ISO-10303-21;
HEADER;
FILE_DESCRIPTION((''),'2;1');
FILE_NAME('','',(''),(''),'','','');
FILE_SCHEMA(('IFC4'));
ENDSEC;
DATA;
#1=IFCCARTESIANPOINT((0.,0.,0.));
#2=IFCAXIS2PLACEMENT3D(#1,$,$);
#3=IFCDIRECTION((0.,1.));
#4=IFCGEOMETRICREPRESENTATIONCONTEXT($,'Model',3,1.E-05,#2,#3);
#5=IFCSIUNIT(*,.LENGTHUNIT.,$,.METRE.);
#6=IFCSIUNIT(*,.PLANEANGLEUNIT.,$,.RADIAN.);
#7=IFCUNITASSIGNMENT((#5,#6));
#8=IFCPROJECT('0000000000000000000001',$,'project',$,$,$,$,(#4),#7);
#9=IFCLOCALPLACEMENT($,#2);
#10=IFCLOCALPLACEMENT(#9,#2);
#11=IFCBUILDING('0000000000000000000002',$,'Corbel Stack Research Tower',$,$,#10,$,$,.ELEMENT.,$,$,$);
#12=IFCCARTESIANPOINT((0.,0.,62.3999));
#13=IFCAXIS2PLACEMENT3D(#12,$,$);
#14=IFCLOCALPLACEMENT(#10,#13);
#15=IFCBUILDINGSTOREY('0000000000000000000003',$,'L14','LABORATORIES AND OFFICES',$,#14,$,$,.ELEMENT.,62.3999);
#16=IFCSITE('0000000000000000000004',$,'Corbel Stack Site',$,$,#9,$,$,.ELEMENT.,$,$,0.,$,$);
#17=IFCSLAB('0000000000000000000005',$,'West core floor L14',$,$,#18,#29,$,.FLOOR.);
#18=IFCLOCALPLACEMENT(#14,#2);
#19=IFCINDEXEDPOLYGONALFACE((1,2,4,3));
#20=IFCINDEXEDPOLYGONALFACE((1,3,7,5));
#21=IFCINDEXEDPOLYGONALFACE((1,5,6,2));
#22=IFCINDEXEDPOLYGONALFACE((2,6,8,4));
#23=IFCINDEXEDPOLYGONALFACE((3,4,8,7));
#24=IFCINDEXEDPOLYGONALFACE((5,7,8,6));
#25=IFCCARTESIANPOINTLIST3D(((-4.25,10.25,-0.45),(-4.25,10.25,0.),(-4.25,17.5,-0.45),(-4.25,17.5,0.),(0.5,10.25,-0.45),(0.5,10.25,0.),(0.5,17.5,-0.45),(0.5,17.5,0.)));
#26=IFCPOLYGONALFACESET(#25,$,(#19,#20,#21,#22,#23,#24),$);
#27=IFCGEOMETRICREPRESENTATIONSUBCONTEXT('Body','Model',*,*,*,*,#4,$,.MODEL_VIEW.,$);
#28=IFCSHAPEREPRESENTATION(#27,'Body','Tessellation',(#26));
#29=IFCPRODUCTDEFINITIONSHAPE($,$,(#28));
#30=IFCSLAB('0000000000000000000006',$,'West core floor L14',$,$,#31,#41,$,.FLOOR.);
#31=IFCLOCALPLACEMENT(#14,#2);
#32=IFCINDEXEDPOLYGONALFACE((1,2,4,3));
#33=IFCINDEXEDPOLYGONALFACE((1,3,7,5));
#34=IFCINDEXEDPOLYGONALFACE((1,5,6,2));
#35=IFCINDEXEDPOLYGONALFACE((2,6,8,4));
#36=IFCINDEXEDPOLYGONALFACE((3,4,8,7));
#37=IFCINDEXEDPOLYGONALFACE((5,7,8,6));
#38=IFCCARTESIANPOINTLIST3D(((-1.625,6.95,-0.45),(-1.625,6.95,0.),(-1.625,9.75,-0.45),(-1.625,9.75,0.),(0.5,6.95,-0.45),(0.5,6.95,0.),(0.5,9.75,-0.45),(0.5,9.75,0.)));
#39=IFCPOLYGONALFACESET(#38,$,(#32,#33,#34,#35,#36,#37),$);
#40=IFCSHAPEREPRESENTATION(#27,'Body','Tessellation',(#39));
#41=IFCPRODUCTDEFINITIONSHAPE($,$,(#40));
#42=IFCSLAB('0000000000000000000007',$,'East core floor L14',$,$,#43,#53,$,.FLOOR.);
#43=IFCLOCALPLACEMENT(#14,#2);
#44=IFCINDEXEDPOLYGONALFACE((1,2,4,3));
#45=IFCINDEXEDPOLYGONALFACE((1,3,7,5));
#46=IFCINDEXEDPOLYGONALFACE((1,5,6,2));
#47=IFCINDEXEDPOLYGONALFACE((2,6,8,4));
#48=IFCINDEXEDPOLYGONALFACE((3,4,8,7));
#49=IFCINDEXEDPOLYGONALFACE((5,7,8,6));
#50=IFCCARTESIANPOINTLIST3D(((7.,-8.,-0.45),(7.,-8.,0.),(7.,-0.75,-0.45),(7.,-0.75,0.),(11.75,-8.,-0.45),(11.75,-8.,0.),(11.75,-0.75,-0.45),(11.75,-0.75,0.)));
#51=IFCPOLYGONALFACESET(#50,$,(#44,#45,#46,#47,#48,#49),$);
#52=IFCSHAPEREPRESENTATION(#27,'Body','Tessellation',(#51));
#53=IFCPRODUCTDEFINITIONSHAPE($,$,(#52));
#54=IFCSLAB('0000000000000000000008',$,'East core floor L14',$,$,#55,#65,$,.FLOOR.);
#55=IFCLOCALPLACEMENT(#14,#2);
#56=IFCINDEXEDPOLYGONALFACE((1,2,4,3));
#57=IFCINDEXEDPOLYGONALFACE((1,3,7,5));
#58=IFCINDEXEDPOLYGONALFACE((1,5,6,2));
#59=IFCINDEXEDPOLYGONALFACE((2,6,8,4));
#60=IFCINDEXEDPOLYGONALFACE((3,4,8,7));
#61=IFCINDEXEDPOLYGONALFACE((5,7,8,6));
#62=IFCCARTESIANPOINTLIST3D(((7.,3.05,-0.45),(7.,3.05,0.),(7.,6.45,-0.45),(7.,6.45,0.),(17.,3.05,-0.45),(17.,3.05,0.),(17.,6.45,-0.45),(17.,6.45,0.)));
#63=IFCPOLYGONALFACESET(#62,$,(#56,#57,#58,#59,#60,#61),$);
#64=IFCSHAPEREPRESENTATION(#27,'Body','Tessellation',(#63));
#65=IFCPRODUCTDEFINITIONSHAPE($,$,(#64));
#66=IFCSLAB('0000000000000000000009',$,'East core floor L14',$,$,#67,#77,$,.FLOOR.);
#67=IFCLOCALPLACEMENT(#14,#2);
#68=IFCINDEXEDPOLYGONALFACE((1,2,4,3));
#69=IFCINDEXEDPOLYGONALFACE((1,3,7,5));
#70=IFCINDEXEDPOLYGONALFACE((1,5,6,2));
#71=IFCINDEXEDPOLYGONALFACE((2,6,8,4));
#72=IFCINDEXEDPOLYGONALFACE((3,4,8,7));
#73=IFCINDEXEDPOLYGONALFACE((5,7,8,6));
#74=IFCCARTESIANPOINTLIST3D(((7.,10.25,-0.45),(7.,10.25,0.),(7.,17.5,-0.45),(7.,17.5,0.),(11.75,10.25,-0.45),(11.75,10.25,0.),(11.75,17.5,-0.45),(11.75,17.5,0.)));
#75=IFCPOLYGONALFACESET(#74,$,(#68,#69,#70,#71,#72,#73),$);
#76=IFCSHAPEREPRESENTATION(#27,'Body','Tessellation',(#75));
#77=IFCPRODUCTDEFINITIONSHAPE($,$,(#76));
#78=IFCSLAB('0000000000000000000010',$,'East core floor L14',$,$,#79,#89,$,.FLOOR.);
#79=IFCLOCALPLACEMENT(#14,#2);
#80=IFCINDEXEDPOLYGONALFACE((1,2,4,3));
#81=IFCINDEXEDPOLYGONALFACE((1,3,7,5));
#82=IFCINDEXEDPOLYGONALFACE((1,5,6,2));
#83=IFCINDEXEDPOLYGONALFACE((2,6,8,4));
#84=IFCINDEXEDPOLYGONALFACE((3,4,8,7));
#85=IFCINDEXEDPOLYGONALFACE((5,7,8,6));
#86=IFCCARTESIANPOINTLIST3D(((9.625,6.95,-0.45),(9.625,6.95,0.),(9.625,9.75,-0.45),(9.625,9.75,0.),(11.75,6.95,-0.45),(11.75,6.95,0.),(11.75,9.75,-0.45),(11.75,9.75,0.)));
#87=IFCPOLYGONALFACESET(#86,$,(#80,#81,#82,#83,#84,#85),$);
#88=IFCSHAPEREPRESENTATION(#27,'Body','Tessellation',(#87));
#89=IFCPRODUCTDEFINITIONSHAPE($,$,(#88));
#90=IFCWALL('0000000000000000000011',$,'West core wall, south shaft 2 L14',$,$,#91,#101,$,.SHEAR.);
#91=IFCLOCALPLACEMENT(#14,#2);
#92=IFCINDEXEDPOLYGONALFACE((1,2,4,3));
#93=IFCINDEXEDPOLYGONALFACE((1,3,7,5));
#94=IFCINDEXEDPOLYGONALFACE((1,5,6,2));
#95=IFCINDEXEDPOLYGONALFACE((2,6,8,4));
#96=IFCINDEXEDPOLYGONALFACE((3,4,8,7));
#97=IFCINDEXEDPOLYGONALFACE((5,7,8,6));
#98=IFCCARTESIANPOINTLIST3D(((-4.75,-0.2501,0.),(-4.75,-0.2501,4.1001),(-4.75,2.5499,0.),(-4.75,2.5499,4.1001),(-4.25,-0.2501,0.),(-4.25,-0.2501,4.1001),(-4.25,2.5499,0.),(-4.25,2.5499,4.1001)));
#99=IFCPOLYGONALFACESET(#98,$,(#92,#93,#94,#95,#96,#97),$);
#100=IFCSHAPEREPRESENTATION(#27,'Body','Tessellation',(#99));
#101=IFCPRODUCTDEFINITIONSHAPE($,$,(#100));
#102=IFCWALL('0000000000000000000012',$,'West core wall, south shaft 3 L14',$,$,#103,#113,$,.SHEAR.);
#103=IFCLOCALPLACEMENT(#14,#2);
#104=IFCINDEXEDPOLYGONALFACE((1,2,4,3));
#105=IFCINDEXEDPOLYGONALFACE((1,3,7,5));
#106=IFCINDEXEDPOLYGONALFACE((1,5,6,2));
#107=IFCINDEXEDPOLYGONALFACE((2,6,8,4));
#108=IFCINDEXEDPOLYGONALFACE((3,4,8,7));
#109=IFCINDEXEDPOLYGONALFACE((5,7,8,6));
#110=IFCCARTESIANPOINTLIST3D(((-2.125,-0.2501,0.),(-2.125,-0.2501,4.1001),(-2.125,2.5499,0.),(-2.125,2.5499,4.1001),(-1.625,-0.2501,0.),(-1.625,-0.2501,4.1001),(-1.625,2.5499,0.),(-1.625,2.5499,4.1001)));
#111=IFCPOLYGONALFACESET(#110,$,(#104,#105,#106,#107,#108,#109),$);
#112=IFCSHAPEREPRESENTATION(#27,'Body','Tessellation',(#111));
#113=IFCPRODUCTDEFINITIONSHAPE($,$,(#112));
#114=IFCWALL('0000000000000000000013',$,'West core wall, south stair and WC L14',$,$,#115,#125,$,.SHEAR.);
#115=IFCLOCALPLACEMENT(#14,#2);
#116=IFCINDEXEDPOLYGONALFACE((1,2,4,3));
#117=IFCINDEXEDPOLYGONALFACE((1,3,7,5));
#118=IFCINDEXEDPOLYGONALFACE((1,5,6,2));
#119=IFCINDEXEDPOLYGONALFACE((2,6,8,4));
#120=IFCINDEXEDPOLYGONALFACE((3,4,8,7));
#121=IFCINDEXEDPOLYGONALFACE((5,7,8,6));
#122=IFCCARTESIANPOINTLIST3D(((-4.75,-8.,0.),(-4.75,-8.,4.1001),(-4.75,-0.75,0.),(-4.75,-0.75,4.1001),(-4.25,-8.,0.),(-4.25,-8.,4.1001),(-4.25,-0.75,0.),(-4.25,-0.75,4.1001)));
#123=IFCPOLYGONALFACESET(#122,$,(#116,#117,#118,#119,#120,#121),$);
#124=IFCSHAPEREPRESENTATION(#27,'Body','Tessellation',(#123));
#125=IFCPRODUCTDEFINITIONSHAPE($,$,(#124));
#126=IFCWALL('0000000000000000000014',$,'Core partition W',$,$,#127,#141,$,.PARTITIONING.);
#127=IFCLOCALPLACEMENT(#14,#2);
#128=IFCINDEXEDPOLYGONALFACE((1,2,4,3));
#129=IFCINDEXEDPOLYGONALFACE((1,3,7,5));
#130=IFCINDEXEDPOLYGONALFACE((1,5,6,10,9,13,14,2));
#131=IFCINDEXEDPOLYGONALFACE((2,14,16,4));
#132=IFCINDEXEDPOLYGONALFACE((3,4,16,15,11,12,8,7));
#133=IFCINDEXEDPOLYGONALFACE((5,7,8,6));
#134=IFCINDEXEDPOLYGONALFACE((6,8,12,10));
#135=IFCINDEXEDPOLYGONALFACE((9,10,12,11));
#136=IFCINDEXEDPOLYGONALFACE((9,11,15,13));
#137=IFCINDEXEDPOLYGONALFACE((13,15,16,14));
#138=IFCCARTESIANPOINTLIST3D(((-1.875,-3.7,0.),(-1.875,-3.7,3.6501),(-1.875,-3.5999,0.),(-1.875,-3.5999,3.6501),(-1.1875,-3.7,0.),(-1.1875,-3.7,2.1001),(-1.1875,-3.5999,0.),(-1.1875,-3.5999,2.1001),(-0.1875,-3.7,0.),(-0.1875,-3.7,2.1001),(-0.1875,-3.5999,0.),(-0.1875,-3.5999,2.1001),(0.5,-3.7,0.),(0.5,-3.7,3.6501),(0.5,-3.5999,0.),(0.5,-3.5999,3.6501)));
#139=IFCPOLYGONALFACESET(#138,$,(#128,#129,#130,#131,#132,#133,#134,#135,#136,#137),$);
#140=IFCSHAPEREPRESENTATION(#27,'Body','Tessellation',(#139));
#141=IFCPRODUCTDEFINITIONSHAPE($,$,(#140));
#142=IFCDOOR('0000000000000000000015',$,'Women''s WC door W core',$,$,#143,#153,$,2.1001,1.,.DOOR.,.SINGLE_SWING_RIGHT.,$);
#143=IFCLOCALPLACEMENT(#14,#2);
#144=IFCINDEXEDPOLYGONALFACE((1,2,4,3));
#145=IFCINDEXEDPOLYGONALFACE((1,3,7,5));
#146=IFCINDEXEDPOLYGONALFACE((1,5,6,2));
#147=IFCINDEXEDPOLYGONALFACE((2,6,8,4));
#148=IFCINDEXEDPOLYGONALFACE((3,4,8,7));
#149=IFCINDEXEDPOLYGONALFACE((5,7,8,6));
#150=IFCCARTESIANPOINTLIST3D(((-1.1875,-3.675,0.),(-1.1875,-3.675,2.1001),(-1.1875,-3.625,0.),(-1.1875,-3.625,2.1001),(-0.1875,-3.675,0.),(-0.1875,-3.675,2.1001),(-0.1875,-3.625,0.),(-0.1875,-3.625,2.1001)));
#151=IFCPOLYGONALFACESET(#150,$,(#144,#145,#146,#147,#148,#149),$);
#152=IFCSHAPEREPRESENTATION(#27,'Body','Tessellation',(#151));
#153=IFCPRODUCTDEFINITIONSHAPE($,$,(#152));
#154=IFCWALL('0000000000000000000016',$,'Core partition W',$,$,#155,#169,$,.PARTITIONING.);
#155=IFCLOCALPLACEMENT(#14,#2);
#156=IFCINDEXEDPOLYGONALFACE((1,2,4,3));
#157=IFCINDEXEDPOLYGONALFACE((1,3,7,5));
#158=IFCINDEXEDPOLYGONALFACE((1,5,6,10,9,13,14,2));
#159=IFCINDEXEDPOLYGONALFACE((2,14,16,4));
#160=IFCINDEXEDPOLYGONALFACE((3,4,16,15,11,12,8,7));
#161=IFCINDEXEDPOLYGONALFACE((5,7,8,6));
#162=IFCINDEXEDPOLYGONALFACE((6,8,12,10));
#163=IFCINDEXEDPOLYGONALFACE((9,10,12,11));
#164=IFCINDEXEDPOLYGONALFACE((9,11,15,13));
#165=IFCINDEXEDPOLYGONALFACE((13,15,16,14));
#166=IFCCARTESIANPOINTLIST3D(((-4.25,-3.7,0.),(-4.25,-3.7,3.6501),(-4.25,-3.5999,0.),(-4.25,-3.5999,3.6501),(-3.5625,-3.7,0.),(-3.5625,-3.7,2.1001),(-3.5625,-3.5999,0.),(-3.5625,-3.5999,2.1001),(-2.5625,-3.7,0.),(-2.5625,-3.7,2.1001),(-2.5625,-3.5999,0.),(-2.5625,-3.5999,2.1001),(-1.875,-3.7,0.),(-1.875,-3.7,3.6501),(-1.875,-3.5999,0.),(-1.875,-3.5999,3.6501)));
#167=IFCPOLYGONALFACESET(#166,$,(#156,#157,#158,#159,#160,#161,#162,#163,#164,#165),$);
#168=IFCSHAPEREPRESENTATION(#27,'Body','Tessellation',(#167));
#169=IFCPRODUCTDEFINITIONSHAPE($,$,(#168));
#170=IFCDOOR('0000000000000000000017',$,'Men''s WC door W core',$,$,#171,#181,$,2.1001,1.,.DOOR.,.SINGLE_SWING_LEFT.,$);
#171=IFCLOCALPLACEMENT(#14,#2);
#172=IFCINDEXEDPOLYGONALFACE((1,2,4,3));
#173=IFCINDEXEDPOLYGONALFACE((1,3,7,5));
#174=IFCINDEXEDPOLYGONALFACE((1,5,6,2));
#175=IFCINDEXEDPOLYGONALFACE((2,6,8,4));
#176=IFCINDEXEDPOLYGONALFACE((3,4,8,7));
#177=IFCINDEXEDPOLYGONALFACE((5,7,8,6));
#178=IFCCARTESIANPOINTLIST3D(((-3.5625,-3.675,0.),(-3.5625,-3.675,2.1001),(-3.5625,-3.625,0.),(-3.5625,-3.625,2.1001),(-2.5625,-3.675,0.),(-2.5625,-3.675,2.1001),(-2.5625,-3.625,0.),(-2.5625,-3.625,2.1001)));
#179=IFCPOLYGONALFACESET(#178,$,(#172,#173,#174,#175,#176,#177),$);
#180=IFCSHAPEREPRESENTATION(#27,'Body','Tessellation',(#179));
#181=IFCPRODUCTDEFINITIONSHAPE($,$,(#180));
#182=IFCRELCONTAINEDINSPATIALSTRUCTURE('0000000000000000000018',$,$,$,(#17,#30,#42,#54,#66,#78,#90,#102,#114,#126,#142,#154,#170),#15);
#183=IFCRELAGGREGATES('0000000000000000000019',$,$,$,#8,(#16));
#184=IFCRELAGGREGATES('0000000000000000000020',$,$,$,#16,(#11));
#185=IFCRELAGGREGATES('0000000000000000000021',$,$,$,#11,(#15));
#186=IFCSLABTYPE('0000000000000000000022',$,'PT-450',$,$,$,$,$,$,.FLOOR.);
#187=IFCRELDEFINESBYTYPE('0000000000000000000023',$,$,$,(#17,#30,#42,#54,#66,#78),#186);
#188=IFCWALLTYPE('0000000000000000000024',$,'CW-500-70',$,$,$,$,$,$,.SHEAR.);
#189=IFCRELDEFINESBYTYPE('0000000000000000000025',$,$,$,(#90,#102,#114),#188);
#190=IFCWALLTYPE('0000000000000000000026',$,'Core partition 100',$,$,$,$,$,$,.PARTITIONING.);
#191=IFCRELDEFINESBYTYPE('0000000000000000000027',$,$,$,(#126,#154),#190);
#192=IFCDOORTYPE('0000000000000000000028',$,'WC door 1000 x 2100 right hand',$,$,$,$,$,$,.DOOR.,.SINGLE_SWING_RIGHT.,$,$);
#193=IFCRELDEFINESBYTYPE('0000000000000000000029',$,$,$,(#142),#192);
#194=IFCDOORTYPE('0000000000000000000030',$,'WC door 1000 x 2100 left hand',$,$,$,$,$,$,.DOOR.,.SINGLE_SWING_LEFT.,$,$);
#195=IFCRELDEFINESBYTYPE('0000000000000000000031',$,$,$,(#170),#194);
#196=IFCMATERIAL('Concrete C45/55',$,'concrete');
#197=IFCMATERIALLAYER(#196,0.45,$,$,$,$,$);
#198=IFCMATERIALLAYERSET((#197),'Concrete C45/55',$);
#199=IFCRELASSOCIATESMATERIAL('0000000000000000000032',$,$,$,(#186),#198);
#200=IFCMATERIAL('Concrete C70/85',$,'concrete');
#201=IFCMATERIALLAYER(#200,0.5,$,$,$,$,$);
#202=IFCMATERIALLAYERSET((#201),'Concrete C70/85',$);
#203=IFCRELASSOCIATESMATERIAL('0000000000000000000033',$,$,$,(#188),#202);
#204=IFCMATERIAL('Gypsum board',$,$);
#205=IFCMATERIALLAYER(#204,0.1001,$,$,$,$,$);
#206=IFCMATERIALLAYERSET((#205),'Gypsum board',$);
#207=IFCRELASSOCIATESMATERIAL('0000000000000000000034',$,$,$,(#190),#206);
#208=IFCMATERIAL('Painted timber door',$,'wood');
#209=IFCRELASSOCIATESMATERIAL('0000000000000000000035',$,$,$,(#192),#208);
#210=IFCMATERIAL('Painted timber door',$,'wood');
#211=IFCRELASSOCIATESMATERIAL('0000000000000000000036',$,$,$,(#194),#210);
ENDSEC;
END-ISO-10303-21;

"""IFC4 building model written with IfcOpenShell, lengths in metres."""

from ifc_helpers import new_model, si_unit, direction, frame, frame_2d, origin, place, context, subcontext, project, spatial, polyline, rectangle, outline, extrude, material, layer, layer_set, type_object, element, fill, save


model = new_model("IFC4")

# Units and contexts
model_context = context("Model", 3, precision=1e-05, world=origin(), true_north=direction((0.0, 1.0)))
body_context = subcontext(model_context, "Body", "Model", "MODEL_VIEW")
ifc_project = project(units=[si_unit("LENGTHUNIT", "METRE"), si_unit("PLANEANGLEUNIT", "RADIAN")], contexts=[model_context])

# Site, building, storey
site_placement = place(None, origin())
site = spatial("IfcSite", under=ifc_project, at=site_placement, Name="Corbel Stack Site", CompositionType="ELEMENT", RefElevation=0.0)
building_placement = place(site_placement, origin())
building = spatial("IfcBuilding", under=site, at=building_placement, Name="Corbel Stack Research Tower", CompositionType="ELEMENT")
storey_placement = place(building_placement, frame((0.0, 0.0, 62.3999)))
storey = spatial("IfcBuildingStorey", under=building, at=storey_placement, Name="L14", Description="LABORATORIES AND OFFICES", CompositionType="ELEMENT", Elevation=62.3999)

# Slabs
ifc_material_1 = material(Name="Concrete C45/55", Category="concrete")
ifc_layer_1 = layer(ifc_material_1, 0.45)
ifc_layer_set_1 = layer_set([ifc_layer_1], Name="Concrete C45/55")
slab_type = type_object("IfcSlabType", Name="PT-450", PredefinedType="FLOOR", material=ifc_layer_set_1)
slab_1_placement = place(storey_placement, frame((0.0, 0.0, -0.45)))
element("IfcSlab", 1, at=slab_1_placement, inside=storey, type_object=slab_type, Name="West core floor L14", PredefinedType="FLOOR", context=body_context, shape_type="SweptSolid", body=[
    extrude(outline(polyline([(-4.25, 17.5), (-4.25, 10.25), (0.5, 10.25), (0.5, 17.5), (-4.25, 17.5)])), origin(), (0.0, 0.0, 1.0), 0.45),
])
slab_2_placement = place(storey_placement, frame((0.0, 0.0, -0.45)))
element("IfcSlab", 2, at=slab_2_placement, inside=storey, type_object=slab_type, Name="West core floor L14", PredefinedType="FLOOR", context=body_context, shape_type="SweptSolid", body=[
    extrude(outline(polyline([(0.5, 6.95), (0.5, 9.75), (-1.625, 9.75), (-1.625, 6.95), (0.5, 6.95)])), origin(), (0.0, 0.0, 1.0), 0.45),
])
slab_3_placement = place(storey_placement, frame((0.0, 0.0, -0.45)))
element("IfcSlab", 3, at=slab_3_placement, inside=storey, type_object=slab_type, Name="East core floor L14", PredefinedType="FLOOR", context=body_context, shape_type="SweptSolid", body=[
    extrude(outline(polyline([(7.0, -0.75), (7.0, -8.0), (11.75, -8.0), (11.75, -0.75), (7.0, -0.75)])), origin(), (0.0, 0.0, 1.0), 0.45),
])
slab_4_placement = place(storey_placement, frame((0.0, 0.0, -0.45)))
element("IfcSlab", 4, at=slab_4_placement, inside=storey, type_object=slab_type, Name="East core floor L14", PredefinedType="FLOOR", context=body_context, shape_type="SweptSolid", body=[
    extrude(outline(polyline([(7.0, 6.45), (7.0, 3.05), (17.0, 3.05), (17.0, 6.45), (7.0, 6.45)])), origin(), (0.0, 0.0, 1.0), 0.45),
])
slab_5_placement = place(storey_placement, frame((0.0, 0.0, -0.45)))
element("IfcSlab", 5, at=slab_5_placement, inside=storey, type_object=slab_type, Name="East core floor L14", PredefinedType="FLOOR", context=body_context, shape_type="SweptSolid", body=[
    extrude(outline(polyline([(7.0, 17.5), (7.0, 10.25), (11.75, 10.25), (11.75, 17.5), (7.0, 17.5)])), origin(), (0.0, 0.0, 1.0), 0.45),
])
slab_6_placement = place(storey_placement, frame((0.0, 0.0, -0.45)))
element("IfcSlab", 6, at=slab_6_placement, inside=storey, type_object=slab_type, Name="East core floor L14", PredefinedType="FLOOR", context=body_context, shape_type="SweptSolid", body=[
    extrude(outline(polyline([(9.625, 6.95), (11.75, 6.95), (11.75, 9.75), (9.625, 9.75), (9.625, 6.95)])), origin(), (0.0, 0.0, 1.0), 0.45),
])

# Walls
ifc_material_2 = material(Name="Concrete C70/85", Category="concrete")
ifc_layer_2 = layer(ifc_material_2, 0.5)
ifc_layer_set_2 = layer_set([ifc_layer_2], Name="Concrete C70/85")
wall_type_1 = type_object("IfcWallType", Name="CW-500-70", PredefinedType="SHEAR", material=ifc_layer_set_2)
for number, where, z_axis, x_axis, name in (
    (7, (-4.5, -0.25, 0.0), (0.0, 0.0, 1.0), (0.0, 1.0, 0.0), "West core wall, south shaft 2 L14"),
    (8, (-1.875, -0.25, 0.0), (0.0, 0.0, 1.0), (0.0, 1.0, 0.0), "West core wall, south shaft 3 L14"),
):
    element("IfcWall", number, at=place(storey_placement, frame(where, z_axis=z_axis, x_axis=x_axis)), inside=storey, type_object=wall_type_1, Name=name, PredefinedType="SHEAR", context=body_context, shape_type="SweptSolid", body=[
        extrude(rectangle(XDim=2.8, YDim=0.5, at=frame_2d((1.3999, 0.0))), origin(), (0.0, 0.0, 1.0), 4.1001),
    ])
wall_1_placement = place(storey_placement, frame((-4.5, -8.0, 0.0), z_axis=(0.0, 0.0, 1.0), x_axis=(0.0, 1.0, 0.0)))
element("IfcWall", 9, at=wall_1_placement, inside=storey, type_object=wall_type_1, Name="West core wall, south stair and WC L14", PredefinedType="SHEAR", context=body_context, shape_type="SweptSolid", body=[
    extrude(rectangle(XDim=7.25, YDim=0.5, at=frame_2d((3.625, 0.0))), origin(), (0.0, 0.0, 1.0), 4.1001),
])

# Walls, openings, doors
ifc_material_3 = material(Name="Gypsum board")
ifc_layer_3 = layer(ifc_material_3, 0.1001)
ifc_layer_set_3 = layer_set([ifc_layer_3], Name="Gypsum board")
wall_type_2 = type_object("IfcWallType", Name="Core partition 100", PredefinedType="PARTITIONING", material=ifc_layer_set_3)
wall_2_placement = place(storey_placement, frame((-1.875, -3.6499, 0.0), z_axis=(0.0, 0.0, 1.0), x_axis=(1.0, 0.0, 0.0)))
wall_2 = element("IfcWall", 10, at=wall_2_placement, inside=storey, type_object=wall_type_2, Name="Core partition W", PredefinedType="PARTITIONING", context=body_context, shape_type="SweptSolid", body=[
    extrude(rectangle(XDim=2.375, YDim=0.1001, at=frame_2d((1.1875, 0.0))), origin(), (0.0, 0.0, 1.0), 3.6501),
])
opening_1_placement = place(wall_2_placement, frame((0.6875, 0.0, 0.0)))
opening_1 = element("IfcOpeningElement", 11, at=opening_1_placement, cuts=wall_2, PredefinedType="OPENING", context=body_context, shape_type="SweptSolid", body=[
    extrude(rectangle(XDim=1.0, YDim=2.1001, at=frame_2d((0.5, 1.05))), frame((0.0, 0.0601, 0.0), z_axis=(0.0, -1.0, 0.0), x_axis=(1.0, 0.0, 0.0)), (0.0, 0.0, 1.0), 0.1201),
])
ifc_material_4 = material(Name="Painted timber door", Category="wood")
door_type_1 = type_object("IfcDoorType", Name="WC door 1000 x 2100 right hand", OperationType="SINGLE_SWING_RIGHT", PredefinedType="DOOR", material=ifc_material_4)
door_1_placement = place(opening_1_placement, origin())
door_1 = element("IfcDoor", 12, at=door_1_placement, inside=storey, type_object=door_type_1, Name="Women's WC door W core", OperationType="SINGLE_SWING_RIGHT", OverallHeight=2.1001, OverallWidth=1.0, PredefinedType="DOOR", context=body_context, shape_type="SweptSolid", body=[
    extrude(rectangle(XDim=1.0, YDim=2.1001, at=frame_2d((0.5, 1.05))), frame((0.0, 0.0249, 0.0), z_axis=(0.0, -1.0, 0.0), x_axis=(1.0, 0.0, 0.0)), (0.0, 0.0, 1.0), 0.05),
])
fill(opening_1, door_1)
wall_3_placement = place(storey_placement, frame((-4.25, -3.6499, 0.0), z_axis=(0.0, 0.0, 1.0), x_axis=(1.0, 0.0, 0.0)))
wall_3 = element("IfcWall", 13, at=wall_3_placement, inside=storey, type_object=wall_type_2, Name="Core partition W", PredefinedType="PARTITIONING", context=body_context, shape_type="SweptSolid", body=[
    extrude(rectangle(XDim=2.375, YDim=0.1001, at=frame_2d((1.1875, 0.0))), origin(), (0.0, 0.0, 1.0), 3.6501),
])
opening_2_placement = place(wall_3_placement, frame((0.6875, 0.0, 0.0)))
opening_2 = element("IfcOpeningElement", 14, at=opening_2_placement, cuts=wall_3, PredefinedType="OPENING", context=body_context, shape_type="SweptSolid", body=[
    extrude(rectangle(XDim=1.0, YDim=2.1001, at=frame_2d((0.5, 1.05))), frame((0.0, 0.0601, 0.0), z_axis=(0.0, -1.0, 0.0), x_axis=(1.0, 0.0, 0.0)), (0.0, 0.0, 1.0), 0.1201),
])
ifc_material_5 = material(Name="Painted timber door", Category="wood")
door_type_2 = type_object("IfcDoorType", Name="WC door 1000 x 2100 left hand", OperationType="SINGLE_SWING_LEFT", PredefinedType="DOOR", material=ifc_material_5)
door_2_placement = place(opening_2_placement, origin())
door_2 = element("IfcDoor", 15, at=door_2_placement, inside=storey, type_object=door_type_2, Name="Men's WC door W core", OperationType="SINGLE_SWING_LEFT", OverallHeight=2.1001, OverallWidth=1.0, PredefinedType="DOOR", context=body_context, shape_type="SweptSolid", body=[
    extrude(rectangle(XDim=1.0, YDim=2.1001, at=frame_2d((0.5, 1.05))), frame((0.0, 0.0249, 0.0), z_axis=(0.0, -1.0, 0.0), x_axis=(1.0, 0.0, 0.0)), (0.0, 0.0, 1.0), 0.05),
])
fill(opening_2, door_2)

save(model, "model.ifc")
